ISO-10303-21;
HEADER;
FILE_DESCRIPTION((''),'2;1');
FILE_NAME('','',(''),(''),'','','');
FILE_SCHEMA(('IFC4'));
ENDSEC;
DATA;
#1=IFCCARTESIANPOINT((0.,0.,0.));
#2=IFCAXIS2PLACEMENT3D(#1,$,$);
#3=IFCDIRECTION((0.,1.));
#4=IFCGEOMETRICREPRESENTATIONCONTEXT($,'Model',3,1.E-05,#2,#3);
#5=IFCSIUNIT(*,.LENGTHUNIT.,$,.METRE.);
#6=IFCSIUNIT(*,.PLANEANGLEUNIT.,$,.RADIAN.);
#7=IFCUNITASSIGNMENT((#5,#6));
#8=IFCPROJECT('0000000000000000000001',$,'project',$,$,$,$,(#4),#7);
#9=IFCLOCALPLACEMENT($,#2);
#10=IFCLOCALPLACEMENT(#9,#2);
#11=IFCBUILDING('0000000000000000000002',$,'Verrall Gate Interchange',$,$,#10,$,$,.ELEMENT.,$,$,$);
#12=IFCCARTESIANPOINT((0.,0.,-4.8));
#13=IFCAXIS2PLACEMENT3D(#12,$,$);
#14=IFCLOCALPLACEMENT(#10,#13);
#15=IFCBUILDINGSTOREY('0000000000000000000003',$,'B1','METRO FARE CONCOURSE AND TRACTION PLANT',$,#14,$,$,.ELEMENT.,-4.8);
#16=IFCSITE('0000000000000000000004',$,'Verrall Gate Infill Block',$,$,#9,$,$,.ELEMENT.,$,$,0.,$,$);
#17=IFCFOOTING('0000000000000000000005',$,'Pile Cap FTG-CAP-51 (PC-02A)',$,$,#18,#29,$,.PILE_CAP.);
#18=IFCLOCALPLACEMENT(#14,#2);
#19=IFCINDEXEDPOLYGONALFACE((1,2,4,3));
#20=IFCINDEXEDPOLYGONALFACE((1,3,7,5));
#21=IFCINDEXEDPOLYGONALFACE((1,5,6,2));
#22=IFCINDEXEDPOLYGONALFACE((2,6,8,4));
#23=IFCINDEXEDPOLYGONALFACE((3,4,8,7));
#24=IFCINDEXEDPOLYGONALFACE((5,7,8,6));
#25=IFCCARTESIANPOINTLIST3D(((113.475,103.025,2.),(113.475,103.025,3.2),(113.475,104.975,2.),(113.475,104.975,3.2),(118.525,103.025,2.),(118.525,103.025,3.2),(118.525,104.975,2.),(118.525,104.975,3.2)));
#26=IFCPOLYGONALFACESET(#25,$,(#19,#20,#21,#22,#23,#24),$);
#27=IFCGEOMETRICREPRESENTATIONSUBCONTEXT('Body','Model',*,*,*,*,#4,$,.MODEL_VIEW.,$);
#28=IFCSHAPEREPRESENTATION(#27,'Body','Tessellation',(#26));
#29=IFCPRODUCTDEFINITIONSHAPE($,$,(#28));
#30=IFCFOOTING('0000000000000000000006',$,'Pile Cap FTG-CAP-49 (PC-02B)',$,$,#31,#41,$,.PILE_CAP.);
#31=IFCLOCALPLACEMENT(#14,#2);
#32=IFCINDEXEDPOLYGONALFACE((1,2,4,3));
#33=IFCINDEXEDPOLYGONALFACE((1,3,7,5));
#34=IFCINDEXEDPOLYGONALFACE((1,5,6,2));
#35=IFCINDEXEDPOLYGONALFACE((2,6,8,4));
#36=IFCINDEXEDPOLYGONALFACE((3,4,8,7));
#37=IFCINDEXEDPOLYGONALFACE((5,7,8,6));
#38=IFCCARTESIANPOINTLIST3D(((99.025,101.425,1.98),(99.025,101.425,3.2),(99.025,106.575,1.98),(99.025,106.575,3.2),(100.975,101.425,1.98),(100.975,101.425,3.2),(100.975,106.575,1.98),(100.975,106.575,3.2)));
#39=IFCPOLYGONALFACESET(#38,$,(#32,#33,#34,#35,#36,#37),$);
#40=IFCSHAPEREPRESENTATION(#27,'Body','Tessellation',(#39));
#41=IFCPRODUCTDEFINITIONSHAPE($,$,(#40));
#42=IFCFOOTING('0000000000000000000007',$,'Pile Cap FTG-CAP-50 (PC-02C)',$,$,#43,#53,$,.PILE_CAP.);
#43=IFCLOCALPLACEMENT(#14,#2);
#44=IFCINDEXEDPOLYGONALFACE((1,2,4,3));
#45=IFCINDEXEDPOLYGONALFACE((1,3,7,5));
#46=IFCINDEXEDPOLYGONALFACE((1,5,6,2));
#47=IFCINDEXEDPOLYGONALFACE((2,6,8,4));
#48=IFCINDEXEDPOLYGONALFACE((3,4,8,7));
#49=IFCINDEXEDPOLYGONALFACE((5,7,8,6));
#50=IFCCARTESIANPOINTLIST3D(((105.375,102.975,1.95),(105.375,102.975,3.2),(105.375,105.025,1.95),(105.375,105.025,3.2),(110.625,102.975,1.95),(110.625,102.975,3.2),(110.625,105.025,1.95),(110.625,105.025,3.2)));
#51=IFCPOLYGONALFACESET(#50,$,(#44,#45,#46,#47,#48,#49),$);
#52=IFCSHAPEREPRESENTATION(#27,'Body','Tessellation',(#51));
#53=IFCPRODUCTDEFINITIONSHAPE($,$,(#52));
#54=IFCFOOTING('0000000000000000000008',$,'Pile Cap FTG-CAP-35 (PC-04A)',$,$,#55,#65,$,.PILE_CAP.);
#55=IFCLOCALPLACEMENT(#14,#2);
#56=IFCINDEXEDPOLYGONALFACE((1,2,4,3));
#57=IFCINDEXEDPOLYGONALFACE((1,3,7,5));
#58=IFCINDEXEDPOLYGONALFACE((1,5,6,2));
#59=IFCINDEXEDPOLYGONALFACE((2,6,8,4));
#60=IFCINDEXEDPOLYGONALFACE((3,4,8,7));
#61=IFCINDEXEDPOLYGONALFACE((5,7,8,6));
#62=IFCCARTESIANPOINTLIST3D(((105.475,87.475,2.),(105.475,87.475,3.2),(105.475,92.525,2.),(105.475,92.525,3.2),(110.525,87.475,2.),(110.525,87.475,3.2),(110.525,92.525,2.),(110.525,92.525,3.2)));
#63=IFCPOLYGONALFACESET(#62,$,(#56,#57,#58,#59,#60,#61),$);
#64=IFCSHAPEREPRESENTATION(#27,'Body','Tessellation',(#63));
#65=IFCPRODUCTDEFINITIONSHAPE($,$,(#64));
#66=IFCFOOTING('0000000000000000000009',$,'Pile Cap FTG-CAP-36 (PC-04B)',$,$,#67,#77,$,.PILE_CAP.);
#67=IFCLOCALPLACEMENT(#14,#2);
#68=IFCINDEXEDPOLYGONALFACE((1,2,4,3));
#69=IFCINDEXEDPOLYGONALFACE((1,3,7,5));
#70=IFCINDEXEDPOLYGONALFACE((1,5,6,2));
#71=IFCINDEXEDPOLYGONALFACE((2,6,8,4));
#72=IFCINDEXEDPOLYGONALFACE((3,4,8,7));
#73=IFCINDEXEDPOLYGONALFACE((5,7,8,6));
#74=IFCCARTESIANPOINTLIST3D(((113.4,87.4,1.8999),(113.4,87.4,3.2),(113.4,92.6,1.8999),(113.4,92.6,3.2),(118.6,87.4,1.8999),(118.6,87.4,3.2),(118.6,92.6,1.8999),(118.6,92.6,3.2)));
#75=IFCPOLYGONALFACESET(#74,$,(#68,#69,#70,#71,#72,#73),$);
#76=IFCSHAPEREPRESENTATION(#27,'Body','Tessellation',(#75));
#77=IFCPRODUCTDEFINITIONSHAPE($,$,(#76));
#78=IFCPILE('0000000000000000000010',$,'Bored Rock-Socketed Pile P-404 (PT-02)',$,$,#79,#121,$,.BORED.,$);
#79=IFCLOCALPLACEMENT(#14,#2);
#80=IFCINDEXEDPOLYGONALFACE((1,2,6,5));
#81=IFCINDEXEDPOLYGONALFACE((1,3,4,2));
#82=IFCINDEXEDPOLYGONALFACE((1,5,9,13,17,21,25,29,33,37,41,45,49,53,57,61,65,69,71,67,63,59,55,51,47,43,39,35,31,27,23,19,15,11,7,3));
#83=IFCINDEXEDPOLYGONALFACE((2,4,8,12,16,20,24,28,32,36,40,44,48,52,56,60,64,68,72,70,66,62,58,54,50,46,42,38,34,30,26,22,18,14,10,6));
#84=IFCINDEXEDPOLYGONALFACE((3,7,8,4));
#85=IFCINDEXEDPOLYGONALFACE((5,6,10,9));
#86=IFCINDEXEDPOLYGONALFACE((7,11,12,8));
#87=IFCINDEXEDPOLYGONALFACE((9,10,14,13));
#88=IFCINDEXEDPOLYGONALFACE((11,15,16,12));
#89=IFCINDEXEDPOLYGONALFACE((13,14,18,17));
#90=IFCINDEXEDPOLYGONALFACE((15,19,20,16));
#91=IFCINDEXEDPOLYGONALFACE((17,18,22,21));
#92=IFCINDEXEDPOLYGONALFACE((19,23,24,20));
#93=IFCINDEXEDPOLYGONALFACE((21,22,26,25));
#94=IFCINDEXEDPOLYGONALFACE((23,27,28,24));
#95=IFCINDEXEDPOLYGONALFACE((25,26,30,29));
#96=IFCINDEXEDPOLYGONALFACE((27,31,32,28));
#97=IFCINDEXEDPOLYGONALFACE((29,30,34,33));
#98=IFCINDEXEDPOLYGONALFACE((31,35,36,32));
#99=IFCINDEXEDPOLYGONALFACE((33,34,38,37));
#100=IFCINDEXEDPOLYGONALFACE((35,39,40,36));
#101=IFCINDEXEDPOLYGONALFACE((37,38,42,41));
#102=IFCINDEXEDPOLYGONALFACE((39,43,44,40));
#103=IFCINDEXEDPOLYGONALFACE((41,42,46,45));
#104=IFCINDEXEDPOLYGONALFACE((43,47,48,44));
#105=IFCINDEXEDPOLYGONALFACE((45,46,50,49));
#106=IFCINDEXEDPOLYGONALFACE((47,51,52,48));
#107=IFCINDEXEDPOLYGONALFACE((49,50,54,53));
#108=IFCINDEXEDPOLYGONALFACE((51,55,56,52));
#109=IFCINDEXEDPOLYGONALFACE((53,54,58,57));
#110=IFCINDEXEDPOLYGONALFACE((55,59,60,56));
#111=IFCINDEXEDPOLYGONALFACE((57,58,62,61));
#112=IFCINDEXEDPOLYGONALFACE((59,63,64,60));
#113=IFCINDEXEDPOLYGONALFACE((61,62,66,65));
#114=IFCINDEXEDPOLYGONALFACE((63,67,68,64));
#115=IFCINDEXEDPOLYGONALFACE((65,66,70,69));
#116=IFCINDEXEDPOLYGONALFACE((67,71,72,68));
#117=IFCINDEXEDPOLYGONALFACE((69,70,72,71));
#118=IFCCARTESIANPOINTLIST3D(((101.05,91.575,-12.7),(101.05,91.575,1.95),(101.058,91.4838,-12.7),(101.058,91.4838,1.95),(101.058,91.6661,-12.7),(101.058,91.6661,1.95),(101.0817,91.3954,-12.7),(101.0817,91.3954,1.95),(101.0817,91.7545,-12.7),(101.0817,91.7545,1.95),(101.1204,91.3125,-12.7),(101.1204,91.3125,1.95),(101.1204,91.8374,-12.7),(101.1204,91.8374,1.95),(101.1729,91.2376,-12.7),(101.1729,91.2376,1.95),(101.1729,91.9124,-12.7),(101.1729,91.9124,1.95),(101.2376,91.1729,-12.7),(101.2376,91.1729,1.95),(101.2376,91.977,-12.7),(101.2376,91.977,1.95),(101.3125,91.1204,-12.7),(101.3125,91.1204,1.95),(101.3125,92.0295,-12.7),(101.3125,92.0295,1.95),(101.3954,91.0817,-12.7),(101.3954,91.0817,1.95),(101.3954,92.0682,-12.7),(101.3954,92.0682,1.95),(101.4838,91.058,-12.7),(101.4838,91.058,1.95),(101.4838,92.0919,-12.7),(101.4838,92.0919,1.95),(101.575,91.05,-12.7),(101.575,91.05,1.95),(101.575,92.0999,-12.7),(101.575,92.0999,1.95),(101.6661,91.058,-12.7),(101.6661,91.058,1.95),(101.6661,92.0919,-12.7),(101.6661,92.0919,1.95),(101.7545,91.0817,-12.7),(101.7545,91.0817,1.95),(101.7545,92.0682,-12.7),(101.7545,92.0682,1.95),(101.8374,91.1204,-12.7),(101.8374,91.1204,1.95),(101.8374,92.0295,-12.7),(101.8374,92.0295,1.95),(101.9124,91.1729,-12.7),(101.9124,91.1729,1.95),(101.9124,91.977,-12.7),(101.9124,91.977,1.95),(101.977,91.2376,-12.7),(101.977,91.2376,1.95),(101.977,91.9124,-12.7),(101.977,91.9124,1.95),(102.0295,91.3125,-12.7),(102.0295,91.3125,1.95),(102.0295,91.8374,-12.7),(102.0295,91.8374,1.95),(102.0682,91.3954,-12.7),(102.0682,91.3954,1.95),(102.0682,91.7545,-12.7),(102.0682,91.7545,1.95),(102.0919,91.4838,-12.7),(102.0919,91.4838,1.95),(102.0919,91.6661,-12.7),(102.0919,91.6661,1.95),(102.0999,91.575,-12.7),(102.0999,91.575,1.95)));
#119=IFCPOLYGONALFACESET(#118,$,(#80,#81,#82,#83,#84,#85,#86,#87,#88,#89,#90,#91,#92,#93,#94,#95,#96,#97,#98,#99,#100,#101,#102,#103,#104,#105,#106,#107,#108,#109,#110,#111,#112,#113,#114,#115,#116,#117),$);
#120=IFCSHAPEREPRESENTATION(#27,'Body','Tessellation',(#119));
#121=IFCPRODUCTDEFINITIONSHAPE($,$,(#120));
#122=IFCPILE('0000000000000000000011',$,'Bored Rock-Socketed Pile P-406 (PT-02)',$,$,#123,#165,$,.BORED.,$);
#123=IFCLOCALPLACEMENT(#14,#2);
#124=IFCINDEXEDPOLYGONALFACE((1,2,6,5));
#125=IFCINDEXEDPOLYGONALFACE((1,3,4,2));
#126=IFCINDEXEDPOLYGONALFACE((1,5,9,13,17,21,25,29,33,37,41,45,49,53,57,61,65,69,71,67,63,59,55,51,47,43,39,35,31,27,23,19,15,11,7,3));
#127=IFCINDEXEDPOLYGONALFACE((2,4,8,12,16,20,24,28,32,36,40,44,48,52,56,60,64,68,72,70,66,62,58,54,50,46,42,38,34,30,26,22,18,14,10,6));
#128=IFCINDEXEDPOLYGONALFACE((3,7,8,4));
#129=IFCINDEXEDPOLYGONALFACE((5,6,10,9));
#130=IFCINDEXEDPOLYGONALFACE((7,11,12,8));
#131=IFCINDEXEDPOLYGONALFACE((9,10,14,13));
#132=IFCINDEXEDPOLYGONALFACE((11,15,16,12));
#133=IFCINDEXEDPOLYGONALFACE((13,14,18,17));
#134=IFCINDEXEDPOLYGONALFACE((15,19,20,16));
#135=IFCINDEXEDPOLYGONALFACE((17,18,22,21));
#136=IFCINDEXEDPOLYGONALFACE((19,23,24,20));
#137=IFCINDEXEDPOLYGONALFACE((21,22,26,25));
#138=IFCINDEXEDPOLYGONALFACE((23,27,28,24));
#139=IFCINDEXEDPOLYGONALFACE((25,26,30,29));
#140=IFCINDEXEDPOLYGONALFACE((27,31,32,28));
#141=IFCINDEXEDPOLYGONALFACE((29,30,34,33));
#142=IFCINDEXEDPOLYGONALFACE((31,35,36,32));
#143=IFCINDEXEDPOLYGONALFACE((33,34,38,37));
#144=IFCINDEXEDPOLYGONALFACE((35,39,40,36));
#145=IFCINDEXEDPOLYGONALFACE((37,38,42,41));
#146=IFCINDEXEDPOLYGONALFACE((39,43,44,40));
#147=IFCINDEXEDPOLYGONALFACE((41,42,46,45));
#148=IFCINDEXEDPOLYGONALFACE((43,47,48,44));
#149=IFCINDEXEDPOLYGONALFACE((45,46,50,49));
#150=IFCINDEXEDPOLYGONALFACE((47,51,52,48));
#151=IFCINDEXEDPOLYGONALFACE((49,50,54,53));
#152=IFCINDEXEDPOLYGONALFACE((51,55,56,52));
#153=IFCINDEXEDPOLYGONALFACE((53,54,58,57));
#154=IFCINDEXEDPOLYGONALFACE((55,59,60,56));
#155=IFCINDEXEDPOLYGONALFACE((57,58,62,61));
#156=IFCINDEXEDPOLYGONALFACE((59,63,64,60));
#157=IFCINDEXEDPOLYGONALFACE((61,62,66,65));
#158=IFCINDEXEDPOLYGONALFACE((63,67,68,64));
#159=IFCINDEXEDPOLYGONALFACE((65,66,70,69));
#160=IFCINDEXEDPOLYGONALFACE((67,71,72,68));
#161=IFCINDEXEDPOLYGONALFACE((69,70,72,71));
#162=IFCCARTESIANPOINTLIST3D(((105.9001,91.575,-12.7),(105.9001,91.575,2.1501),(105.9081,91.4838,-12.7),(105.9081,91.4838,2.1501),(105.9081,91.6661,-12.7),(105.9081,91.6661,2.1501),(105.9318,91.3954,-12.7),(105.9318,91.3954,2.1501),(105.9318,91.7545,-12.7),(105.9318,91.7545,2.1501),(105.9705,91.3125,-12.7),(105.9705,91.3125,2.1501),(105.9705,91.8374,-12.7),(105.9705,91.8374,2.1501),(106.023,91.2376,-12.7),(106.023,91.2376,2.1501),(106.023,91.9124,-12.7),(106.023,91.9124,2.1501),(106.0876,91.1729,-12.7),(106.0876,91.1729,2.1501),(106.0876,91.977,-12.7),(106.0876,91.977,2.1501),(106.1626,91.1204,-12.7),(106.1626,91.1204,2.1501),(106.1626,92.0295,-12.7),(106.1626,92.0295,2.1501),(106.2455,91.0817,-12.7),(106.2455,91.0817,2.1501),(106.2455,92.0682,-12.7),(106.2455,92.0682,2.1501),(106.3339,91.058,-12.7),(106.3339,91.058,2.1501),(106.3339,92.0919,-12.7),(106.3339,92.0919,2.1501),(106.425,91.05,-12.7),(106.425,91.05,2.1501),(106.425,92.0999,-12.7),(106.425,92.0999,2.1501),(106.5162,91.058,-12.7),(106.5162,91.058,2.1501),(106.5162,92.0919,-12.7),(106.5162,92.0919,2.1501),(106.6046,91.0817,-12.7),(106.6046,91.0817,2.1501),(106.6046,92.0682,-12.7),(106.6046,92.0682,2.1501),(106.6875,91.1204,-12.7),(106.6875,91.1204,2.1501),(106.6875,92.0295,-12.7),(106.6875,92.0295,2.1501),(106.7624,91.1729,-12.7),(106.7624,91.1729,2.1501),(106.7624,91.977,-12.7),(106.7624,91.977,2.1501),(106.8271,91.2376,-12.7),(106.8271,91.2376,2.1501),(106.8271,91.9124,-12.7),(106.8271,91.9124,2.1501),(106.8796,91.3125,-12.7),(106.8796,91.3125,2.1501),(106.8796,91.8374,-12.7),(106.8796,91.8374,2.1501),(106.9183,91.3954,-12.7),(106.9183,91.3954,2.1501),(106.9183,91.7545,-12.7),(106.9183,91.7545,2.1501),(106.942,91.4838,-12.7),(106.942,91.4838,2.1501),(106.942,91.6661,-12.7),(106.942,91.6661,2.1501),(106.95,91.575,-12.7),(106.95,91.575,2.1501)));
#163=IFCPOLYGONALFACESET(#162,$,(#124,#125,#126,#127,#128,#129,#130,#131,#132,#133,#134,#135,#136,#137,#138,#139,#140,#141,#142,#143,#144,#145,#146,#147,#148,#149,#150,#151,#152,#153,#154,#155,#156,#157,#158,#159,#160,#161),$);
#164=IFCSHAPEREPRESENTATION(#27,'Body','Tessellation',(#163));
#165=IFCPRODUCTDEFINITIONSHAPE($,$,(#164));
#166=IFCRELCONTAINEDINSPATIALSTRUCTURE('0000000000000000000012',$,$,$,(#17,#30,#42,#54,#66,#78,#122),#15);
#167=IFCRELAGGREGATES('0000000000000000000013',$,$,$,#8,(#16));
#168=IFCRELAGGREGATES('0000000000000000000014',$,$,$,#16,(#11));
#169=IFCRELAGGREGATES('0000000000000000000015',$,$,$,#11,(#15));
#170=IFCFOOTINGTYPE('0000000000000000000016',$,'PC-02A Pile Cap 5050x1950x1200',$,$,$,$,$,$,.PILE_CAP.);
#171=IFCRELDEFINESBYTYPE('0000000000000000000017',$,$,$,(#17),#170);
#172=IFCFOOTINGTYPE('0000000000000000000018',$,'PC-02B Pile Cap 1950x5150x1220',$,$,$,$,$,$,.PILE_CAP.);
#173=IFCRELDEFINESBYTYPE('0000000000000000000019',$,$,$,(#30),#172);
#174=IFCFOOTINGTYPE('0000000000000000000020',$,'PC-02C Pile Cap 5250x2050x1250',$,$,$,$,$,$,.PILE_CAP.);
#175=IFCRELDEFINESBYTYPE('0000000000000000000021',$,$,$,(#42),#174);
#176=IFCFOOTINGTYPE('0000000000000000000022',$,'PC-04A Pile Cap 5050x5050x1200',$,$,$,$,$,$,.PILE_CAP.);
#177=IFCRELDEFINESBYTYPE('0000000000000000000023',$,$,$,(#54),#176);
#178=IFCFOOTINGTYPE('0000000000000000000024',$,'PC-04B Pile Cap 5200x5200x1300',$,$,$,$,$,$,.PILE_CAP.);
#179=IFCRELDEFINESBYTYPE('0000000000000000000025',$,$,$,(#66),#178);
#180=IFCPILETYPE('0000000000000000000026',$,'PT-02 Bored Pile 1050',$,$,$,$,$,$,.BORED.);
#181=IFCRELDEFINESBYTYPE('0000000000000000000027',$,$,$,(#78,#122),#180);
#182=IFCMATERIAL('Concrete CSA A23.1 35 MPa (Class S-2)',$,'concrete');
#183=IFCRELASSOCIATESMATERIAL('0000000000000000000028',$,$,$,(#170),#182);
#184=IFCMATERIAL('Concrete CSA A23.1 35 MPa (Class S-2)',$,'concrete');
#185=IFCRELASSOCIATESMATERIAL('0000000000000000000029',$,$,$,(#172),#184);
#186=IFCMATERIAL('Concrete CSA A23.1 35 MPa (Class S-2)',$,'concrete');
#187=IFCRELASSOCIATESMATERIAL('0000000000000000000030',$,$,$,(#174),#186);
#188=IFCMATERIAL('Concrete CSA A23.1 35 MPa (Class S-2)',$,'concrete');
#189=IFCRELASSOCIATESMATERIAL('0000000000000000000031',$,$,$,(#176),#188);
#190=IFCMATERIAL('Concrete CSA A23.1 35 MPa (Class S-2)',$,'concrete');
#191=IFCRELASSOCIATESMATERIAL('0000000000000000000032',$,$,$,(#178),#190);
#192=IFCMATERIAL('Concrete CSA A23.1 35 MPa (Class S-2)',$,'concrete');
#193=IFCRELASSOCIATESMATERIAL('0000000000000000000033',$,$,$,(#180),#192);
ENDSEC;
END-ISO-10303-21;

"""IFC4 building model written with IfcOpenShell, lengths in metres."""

from ifc_helpers import new_model, si_unit, direction, frame, origin, origin_2d, place, context, subcontext, project, spatial, rectangle, circle, extrude, material, material_profile, profile_set, type_object, element, save


model = new_model("IFC4")

# Units and contexts
model_context = context("Model", 3, precision=1e-05, world=origin(), true_north=direction((0.0, 1.0)))
body_context = subcontext(model_context, "Body", "Model", "MODEL_VIEW")
ifc_project = project(units=[si_unit("LENGTHUNIT", "METRE"), si_unit("PLANEANGLEUNIT", "RADIAN")], contexts=[model_context])

# Site, building, storey
site_placement = place(None, origin())
site = spatial("IfcSite", under=ifc_project, at=site_placement, Name="Verrall Gate Infill Block", CompositionType="ELEMENT", RefElevation=0.0)
building_placement = place(site_placement, origin())
building = spatial("IfcBuilding", under=site, at=building_placement, Name="Verrall Gate Interchange", CompositionType="ELEMENT")
storey_placement = place(building_placement, frame((0.0, 0.0, -4.8)))
storey = spatial("IfcBuildingStorey", under=building, at=storey_placement, Name="B1", Description="METRO FARE CONCOURSE AND TRACTION PLANT", CompositionType="ELEMENT", Elevation=-4.8)

# Footings
ifc_material_1 = material(Name="Concrete CSA A23.1 35 MPa (Class S-2)", Category="concrete")
footing_type_1 = type_object("IfcFootingType", Name="PC-02A Pile Cap 5050x1950x1200", PredefinedType="PILE_CAP", material=ifc_material_1)
footing_1_placement = place(storey_placement, frame((116.0, 104.0, 2.0), z_axis=(0.0, 0.0, 1.0), x_axis=(1.0, 0.0, 0.0)))
element("IfcFooting", 1, at=footing_1_placement, inside=storey, type_object=footing_type_1, Name="Pile Cap FTG-CAP-51 (PC-02A)", PredefinedType="PILE_CAP", context=body_context, shape_type="SweptSolid", body=[
    extrude(rectangle(XDim=5.05, YDim=1.95, at=origin_2d()), origin(), (0.0, 0.0, 1.0), 1.2),
])
ifc_material_2 = material(Name="Concrete CSA A23.1 35 MPa (Class S-2)", Category="concrete")
footing_type_2 = type_object("IfcFootingType", Name="PC-02B Pile Cap 1950x5150x1220", PredefinedType="PILE_CAP", material=ifc_material_2)
footing_2_placement = place(storey_placement, frame((100.0, 104.0, 1.98), z_axis=(0.0, 0.0, 1.0), x_axis=(1.0, 0.0, 0.0)))
element("IfcFooting", 2, at=footing_2_placement, inside=storey, type_object=footing_type_2, Name="Pile Cap FTG-CAP-49 (PC-02B)", PredefinedType="PILE_CAP", context=body_context, shape_type="SweptSolid", body=[
    extrude(rectangle(XDim=1.95, YDim=5.1499, at=origin_2d()), origin(), (0.0, 0.0, 1.0), 1.22),
])
ifc_material_3 = material(Name="Concrete CSA A23.1 35 MPa (Class S-2)", Category="concrete")
footing_type_3 = type_object("IfcFootingType", Name="PC-02C Pile Cap 5250x2050x1250", PredefinedType="PILE_CAP", material=ifc_material_3)
footing_3_placement = place(storey_placement, frame((108.0, 104.0, 1.95), z_axis=(0.0, 0.0, 1.0), x_axis=(1.0, 0.0, 0.0)))
element("IfcFooting", 3, at=footing_3_placement, inside=storey, type_object=footing_type_3, Name="Pile Cap FTG-CAP-50 (PC-02C)", PredefinedType="PILE_CAP", context=body_context, shape_type="SweptSolid", body=[
    extrude(rectangle(XDim=5.25, YDim=2.05, at=origin_2d()), origin(), (0.0, 0.0, 1.0), 1.25),
])
ifc_material_4 = material(Name="Concrete CSA A23.1 35 MPa (Class S-2)", Category="concrete")
footing_type_4 = type_object("IfcFootingType", Name="PC-04A Pile Cap 5050x5050x1200", PredefinedType="PILE_CAP", material=ifc_material_4)
footing_4_placement = place(storey_placement, frame((108.0, 90.0, 2.0), z_axis=(0.0, 0.0, 1.0), x_axis=(1.0, 0.0, 0.0)))
element("IfcFooting", 4, at=footing_4_placement, inside=storey, type_object=footing_type_4, Name="Pile Cap FTG-CAP-35 (PC-04A)", PredefinedType="PILE_CAP", context=body_context, shape_type="SweptSolid", body=[
    extrude(rectangle(XDim=5.05, YDim=5.05, at=origin_2d()), origin(), (0.0, 0.0, 1.0), 1.2),
])
ifc_material_5 = material(Name="Concrete CSA A23.1 35 MPa (Class S-2)", Category="concrete")
footing_type_5 = type_object("IfcFootingType", Name="PC-04B Pile Cap 5200x5200x1300", PredefinedType="PILE_CAP", material=ifc_material_5)
footing_5_placement = place(storey_placement, frame((116.0, 90.0, 1.8999), z_axis=(0.0, 0.0, 1.0), x_axis=(1.0, 0.0, 0.0)))
element("IfcFooting", 5, at=footing_5_placement, inside=storey, type_object=footing_type_5, Name="Pile Cap FTG-CAP-36 (PC-04B)", PredefinedType="PILE_CAP", context=body_context, shape_type="SweptSolid", body=[
    extrude(rectangle(XDim=5.2, YDim=5.2, at=origin_2d()), origin(), (0.0, 0.0, 1.0), 1.3),
])

# Piles
ifc_material_6 = material(Name="Concrete CSA A23.1 35 MPa (Class S-2)", Category="concrete")
ifc_material_profile_1 = material_profile(ifc_material_6, circle(Radius=0.5249, at=origin_2d()), Name="PILE1050D")
ifc_profile_set_1 = profile_set([ifc_material_profile_1], Name="Concrete CSA A23.1 35 MPa (Class S-2)")
pile_type = type_object("IfcPileType", Name="PT-02 Bored Pile 1050", PredefinedType="BORED", material=ifc_profile_set_1)
pile_placement = place(storey_placement, frame((101.575, 91.575, 1.95), z_axis=(0.0, 0.0, -1.0), x_axis=(1.0, 0.0, 0.0)))
element("IfcPile", 6, at=pile_placement, inside=storey, type_object=pile_type, Name="Bored Rock-Socketed Pile P-404 (PT-02)", PredefinedType="BORED", context=body_context, shape_type="SweptSolid", body=[
    extrude(circle(Radius=0.5249, at=origin_2d()), origin(), (0.0, 0.0, 1.0), 14.6499),
])
for number, where, z_axis, x_axis, name in (
    (7, (106.425, 91.575, 2.1501), (0.0, 0.0, -1.0), (1.0, 0.0, 0.0), "Bored Rock-Socketed Pile P-406 (PT-02)"),
):
    element("IfcPile", number, at=place(storey_placement, frame(where, z_axis=z_axis, x_axis=x_axis)), inside=storey, type_object=pile_type, Name=name, PredefinedType="BORED", context=body_context, shape_type="SweptSolid", body=[
        extrude(circle(Radius=0.5249, at=origin_2d()), origin(), (0.0, 0.0, 1.0), 14.8501),
    ])

save(model, "model.ifc")
